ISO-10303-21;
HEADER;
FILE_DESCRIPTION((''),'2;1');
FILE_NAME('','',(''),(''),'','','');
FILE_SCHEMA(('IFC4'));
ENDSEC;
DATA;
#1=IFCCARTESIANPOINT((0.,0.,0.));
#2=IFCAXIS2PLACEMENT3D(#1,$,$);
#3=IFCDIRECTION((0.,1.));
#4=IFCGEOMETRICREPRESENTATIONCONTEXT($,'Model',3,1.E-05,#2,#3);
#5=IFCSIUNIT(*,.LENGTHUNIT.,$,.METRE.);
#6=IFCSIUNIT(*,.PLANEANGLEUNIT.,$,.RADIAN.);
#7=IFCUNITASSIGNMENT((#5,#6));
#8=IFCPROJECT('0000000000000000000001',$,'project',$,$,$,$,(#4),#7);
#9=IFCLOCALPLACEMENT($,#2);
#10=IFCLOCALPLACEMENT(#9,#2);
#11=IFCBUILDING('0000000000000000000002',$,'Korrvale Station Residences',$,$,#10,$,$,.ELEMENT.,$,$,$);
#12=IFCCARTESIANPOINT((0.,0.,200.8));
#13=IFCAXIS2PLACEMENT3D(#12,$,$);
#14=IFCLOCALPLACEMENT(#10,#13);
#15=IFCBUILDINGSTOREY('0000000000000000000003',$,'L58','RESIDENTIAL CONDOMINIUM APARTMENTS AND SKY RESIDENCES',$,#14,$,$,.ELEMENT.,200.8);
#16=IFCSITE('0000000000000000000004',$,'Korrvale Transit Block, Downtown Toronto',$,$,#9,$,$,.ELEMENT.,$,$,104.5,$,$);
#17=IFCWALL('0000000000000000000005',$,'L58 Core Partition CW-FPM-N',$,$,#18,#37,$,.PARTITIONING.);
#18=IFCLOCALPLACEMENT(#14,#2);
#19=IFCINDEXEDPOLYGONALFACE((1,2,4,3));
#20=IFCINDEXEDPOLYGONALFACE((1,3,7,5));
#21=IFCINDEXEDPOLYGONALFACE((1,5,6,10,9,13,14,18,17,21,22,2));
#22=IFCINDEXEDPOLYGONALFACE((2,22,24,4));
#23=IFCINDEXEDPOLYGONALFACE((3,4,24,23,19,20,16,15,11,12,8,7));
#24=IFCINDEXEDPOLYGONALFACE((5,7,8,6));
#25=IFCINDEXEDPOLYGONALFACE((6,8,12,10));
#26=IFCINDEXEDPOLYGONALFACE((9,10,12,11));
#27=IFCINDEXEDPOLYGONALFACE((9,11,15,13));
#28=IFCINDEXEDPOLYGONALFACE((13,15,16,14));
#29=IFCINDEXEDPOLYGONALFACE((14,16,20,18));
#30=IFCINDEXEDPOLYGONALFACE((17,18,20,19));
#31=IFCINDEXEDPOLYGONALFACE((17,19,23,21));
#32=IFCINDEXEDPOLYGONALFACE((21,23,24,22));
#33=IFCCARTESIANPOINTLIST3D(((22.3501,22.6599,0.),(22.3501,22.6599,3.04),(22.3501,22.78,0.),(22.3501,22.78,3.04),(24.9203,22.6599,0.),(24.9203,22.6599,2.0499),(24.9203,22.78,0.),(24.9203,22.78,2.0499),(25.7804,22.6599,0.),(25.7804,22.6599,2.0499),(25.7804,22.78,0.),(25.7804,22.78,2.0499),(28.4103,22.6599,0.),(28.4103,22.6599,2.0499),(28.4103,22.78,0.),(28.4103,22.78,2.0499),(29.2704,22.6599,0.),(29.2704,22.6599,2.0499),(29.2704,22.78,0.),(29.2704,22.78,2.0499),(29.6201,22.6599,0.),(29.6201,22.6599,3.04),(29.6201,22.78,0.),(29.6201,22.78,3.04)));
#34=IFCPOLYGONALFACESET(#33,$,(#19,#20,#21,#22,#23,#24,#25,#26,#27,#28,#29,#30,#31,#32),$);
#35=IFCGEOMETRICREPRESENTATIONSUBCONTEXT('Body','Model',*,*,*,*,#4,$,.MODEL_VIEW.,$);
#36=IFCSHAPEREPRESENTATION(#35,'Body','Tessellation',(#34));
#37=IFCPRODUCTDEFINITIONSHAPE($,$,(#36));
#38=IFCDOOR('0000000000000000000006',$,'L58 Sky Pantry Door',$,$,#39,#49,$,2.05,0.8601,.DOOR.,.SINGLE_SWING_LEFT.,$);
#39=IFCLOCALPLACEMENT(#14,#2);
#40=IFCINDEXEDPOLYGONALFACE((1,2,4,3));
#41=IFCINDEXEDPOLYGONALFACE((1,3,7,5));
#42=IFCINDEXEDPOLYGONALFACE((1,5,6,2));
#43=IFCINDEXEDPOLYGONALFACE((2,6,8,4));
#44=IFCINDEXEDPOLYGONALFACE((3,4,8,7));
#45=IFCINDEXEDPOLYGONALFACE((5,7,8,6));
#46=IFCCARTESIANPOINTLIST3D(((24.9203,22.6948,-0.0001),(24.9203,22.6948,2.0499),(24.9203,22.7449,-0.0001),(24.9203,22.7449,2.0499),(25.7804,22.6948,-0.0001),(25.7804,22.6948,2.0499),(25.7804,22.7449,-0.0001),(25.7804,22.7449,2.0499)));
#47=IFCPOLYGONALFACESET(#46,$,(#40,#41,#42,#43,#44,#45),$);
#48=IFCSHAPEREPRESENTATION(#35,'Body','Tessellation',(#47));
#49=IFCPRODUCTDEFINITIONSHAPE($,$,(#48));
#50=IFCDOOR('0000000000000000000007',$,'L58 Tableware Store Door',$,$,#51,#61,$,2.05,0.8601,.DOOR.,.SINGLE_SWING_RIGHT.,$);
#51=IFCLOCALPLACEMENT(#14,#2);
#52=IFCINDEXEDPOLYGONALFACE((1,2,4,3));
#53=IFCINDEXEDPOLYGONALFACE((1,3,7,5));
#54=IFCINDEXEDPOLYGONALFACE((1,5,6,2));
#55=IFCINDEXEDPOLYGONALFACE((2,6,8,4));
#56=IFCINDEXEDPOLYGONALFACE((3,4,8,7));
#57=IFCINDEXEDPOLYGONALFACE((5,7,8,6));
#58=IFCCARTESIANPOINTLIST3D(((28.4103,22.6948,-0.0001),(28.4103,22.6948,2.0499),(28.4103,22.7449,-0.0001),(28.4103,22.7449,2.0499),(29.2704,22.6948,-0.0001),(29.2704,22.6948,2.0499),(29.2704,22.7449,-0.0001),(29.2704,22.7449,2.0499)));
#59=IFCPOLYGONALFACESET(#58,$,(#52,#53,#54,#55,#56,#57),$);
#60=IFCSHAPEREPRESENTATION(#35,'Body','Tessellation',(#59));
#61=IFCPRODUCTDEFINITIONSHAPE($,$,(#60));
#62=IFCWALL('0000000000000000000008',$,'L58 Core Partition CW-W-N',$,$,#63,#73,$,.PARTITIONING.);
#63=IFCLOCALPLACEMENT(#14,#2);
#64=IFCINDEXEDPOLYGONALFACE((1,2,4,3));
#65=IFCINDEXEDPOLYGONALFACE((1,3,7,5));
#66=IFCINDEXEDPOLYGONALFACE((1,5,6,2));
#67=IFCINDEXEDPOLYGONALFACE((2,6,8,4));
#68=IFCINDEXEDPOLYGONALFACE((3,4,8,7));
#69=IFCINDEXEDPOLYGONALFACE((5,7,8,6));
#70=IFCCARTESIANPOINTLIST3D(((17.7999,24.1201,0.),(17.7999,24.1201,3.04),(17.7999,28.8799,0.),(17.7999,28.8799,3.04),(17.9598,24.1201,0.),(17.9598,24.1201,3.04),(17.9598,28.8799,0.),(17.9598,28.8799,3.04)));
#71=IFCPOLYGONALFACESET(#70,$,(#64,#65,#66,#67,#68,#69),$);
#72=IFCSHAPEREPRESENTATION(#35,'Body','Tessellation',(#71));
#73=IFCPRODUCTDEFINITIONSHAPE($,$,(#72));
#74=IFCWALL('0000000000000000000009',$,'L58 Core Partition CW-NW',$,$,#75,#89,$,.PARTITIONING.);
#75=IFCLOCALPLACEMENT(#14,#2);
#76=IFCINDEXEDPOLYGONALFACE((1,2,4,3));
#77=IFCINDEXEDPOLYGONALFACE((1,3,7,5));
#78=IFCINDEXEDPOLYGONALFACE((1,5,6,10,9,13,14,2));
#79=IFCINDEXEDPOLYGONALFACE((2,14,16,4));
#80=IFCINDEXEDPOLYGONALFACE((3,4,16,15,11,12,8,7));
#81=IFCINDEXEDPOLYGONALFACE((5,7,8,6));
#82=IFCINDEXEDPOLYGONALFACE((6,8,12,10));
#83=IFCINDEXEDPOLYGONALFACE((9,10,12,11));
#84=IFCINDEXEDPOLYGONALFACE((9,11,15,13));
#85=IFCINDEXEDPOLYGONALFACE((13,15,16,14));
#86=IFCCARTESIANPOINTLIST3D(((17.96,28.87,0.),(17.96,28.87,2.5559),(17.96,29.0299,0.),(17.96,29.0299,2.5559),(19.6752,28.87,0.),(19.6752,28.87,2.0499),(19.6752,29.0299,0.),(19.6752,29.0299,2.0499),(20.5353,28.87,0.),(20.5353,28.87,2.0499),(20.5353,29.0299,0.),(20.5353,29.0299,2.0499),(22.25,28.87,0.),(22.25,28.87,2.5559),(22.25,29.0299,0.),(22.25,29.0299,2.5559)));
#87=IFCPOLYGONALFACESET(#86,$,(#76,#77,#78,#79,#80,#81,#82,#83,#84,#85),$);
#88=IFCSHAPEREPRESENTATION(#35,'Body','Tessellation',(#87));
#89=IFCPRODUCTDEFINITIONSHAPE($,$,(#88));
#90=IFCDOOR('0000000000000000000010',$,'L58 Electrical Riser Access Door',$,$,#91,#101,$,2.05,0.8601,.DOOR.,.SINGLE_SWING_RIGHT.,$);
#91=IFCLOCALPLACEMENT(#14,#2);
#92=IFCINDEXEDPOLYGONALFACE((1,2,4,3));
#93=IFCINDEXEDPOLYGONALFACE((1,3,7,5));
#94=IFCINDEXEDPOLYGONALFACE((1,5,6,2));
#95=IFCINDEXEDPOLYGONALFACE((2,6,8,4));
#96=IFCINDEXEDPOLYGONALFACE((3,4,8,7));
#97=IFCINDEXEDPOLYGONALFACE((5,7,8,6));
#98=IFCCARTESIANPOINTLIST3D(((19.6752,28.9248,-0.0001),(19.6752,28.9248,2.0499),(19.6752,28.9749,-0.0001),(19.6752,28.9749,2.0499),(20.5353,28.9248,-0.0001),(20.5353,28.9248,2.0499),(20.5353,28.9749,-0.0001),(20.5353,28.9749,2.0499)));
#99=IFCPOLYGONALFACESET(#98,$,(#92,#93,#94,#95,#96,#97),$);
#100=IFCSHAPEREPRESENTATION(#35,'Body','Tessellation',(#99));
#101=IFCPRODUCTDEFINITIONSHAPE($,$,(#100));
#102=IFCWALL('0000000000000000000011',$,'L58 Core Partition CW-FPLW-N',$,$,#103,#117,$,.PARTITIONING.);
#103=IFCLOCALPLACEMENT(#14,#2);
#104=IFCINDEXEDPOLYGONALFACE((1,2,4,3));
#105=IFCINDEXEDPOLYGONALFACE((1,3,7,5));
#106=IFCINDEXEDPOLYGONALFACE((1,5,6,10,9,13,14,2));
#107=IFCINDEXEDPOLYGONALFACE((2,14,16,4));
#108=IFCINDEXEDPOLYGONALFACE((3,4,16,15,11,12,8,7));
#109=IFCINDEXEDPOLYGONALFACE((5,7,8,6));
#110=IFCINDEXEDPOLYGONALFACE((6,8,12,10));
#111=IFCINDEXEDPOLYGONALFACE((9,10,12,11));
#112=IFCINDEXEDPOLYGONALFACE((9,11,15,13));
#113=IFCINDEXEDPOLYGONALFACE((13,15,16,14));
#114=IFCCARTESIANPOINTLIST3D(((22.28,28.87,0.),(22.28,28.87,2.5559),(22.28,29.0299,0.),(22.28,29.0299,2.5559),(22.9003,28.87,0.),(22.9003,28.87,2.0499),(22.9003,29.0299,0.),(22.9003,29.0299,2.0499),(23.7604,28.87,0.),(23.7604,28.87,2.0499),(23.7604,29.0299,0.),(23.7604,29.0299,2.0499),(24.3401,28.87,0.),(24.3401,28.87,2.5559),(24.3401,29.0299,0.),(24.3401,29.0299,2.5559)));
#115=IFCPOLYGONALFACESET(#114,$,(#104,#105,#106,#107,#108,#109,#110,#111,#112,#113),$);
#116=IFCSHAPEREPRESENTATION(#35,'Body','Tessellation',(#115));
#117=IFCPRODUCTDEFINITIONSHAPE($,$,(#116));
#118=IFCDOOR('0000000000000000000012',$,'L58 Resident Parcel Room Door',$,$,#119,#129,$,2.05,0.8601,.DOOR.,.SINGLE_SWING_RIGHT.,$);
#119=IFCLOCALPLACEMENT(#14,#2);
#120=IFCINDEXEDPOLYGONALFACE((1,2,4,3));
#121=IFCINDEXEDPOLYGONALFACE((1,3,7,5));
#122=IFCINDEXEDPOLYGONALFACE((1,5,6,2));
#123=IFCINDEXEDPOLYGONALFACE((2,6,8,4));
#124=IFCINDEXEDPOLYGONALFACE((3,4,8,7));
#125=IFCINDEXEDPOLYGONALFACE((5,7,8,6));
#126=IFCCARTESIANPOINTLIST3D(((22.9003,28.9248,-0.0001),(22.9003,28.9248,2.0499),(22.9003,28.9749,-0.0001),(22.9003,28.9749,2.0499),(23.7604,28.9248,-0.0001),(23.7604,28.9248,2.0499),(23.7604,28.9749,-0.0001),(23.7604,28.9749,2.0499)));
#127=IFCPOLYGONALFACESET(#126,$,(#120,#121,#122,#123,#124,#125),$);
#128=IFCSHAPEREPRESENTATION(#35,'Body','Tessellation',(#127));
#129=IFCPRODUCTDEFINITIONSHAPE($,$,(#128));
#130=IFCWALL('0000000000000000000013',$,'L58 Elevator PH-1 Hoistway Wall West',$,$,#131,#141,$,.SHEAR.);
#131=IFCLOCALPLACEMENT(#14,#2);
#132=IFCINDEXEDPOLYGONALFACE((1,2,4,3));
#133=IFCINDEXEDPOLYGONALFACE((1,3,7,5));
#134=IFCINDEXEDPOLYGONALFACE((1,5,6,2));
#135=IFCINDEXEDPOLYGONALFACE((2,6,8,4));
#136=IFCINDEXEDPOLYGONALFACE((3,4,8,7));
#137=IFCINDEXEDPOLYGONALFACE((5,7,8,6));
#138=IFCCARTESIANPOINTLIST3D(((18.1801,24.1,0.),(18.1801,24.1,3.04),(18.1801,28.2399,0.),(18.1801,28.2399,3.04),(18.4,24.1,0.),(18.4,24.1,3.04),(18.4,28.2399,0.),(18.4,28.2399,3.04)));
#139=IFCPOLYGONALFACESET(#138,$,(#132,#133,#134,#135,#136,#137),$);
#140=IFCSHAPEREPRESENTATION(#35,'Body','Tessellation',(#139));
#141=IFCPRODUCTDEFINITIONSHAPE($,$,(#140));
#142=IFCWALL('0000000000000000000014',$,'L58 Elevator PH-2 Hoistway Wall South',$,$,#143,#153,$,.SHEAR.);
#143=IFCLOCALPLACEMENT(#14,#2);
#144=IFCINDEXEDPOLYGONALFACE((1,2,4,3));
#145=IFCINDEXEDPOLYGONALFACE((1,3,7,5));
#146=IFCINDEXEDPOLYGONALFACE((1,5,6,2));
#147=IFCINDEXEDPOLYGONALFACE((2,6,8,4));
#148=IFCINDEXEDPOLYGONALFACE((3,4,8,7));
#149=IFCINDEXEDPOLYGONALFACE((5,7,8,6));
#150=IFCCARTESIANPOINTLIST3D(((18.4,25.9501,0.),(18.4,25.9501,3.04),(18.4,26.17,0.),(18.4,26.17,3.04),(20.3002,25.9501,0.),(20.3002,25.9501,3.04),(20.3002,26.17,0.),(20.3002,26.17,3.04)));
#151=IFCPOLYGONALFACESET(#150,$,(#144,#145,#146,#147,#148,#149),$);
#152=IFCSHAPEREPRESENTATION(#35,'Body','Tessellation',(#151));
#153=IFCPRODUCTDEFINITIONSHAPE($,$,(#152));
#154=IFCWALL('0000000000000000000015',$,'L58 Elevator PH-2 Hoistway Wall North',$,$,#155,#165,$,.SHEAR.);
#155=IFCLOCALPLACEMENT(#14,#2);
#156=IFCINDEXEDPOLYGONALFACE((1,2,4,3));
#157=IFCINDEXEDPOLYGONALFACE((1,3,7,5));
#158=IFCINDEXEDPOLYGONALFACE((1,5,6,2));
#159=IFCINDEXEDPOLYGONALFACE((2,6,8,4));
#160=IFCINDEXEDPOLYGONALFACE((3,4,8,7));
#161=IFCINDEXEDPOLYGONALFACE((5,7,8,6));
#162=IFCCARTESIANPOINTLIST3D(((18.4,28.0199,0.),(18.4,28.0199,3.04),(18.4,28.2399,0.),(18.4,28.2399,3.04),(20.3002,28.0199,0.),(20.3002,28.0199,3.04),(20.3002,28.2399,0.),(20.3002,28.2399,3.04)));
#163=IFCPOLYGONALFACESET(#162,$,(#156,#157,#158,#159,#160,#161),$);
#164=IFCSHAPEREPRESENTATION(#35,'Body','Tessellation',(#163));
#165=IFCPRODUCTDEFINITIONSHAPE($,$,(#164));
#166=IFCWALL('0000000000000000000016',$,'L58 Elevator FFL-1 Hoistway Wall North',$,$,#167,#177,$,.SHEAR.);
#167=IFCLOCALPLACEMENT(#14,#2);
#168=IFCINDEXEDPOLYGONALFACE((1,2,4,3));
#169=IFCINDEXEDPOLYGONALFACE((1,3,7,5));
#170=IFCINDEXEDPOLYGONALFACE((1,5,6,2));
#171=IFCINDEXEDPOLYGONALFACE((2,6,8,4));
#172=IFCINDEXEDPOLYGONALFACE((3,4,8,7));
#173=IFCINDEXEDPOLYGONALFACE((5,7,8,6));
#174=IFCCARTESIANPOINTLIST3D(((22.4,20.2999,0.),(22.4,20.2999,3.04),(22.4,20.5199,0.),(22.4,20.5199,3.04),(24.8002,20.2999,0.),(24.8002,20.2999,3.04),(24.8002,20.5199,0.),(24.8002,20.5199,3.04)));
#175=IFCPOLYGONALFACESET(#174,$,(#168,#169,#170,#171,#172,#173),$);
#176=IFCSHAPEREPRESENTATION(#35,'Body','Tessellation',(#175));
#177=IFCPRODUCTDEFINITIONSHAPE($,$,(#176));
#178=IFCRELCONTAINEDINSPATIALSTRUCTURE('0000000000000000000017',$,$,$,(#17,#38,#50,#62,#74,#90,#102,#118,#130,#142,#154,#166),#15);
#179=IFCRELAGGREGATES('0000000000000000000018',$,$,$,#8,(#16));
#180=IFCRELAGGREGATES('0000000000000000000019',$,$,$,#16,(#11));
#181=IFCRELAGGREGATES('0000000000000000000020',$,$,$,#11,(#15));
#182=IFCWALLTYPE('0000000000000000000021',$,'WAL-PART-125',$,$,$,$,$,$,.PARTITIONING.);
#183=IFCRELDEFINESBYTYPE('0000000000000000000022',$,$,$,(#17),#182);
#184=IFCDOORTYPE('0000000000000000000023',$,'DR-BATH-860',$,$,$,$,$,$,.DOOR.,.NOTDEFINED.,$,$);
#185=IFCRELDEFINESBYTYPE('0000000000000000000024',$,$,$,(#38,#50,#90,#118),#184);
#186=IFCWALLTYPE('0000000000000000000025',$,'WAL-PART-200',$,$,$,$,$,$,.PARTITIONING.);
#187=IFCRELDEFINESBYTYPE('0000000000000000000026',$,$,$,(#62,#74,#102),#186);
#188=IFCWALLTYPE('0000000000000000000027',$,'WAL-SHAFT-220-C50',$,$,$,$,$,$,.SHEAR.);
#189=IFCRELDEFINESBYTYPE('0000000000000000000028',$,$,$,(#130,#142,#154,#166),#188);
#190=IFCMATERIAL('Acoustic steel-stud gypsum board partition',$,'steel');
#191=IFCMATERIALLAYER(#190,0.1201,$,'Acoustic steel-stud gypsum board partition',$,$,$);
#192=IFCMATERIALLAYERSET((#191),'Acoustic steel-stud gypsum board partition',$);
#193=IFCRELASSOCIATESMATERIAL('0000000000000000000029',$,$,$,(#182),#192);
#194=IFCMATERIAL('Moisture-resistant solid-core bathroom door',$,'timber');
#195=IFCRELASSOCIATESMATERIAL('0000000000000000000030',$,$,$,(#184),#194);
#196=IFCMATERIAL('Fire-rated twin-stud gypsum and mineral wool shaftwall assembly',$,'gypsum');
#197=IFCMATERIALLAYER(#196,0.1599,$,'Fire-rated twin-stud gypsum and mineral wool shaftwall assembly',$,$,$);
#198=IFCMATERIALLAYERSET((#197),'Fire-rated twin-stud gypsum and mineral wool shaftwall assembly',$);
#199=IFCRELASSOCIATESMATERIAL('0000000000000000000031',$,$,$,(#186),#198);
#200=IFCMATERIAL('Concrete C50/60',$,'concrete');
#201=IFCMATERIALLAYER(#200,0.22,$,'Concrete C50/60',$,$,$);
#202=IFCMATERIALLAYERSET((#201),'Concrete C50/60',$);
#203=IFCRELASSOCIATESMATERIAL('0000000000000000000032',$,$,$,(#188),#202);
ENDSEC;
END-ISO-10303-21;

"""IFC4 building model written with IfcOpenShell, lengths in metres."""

from ifc_helpers import new_model, si_unit, direction, frame, frame_2d, origin, place, context, subcontext, project, spatial, rectangle, extrude, material, layer, layer_set, type_object, element, fill, save


model = new_model("IFC4")

# Units and contexts
model_context = context("Model", 3, precision=1e-05, world=origin(), true_north=direction((0.0, 1.0)))
body_context = subcontext(model_context, "Body", "Model", "MODEL_VIEW")
ifc_project = project(units=[si_unit("LENGTHUNIT", "METRE"), si_unit("PLANEANGLEUNIT", "RADIAN")], contexts=[model_context])

# Site, building, storey
site_placement = place(None, origin())
site = spatial("IfcSite", under=ifc_project, at=site_placement, Name="Korrvale Transit Block, Downtown Toronto", CompositionType="ELEMENT", RefElevation=104.5)
building_placement = place(site_placement, origin())
building = spatial("IfcBuilding", under=site, at=building_placement, Name="Korrvale Station Residences", CompositionType="ELEMENT")
storey_placement = place(building_placement, frame((0.0, 0.0, 200.8)))
storey = spatial("IfcBuildingStorey", under=building, at=storey_placement, Name="L58", Description="RESIDENTIAL CONDOMINIUM APARTMENTS AND SKY RESIDENCES", CompositionType="ELEMENT", Elevation=200.8)

# Shared definitions
ifc_material_1 = material(Name="Concrete C50/60", Category="concrete")

# Shared definitions
ifc_material_2 = material(Name="Acoustic steel-stud gypsum board partition", Category="steel")
ifc_layer_1 = layer(ifc_material_2, 0.1201, Name="Acoustic steel-stud gypsum board partition")
ifc_layer_set_1 = layer_set([ifc_layer_1], Name="Acoustic steel-stud gypsum board partition")
wall_type_1 = type_object("IfcWallType", Name="WAL-PART-125", PredefinedType="PARTITIONING", material=ifc_layer_set_1)

# Wall, openings, doors
wall_1_placement = place(storey_placement, frame((22.3501, 22.72, 0.0), z_axis=(0.0, 0.0, 1.0), x_axis=(1.0, 0.0, 0.0)))
wall_1 = element("IfcWall", 1, at=wall_1_placement, inside=storey, type_object=wall_type_1, Name="L58 Core Partition CW-FPM-N", PredefinedType="PARTITIONING", context=body_context, shape_type="SweptSolid", body=[
    extrude(rectangle(XDim=7.27, YDim=0.1201, at=frame_2d((3.635, 0.0))), origin(), (0.0, 0.0, 1.0), 3.04),
])
opening_1_placement = place(wall_1_placement, frame((2.5701, 0.0, 0.0)))
opening_1 = element("IfcOpeningElement", 2, at=opening_1_placement, cuts=wall_1, PredefinedType="OPENING", context=body_context, shape_type="SweptSolid", body=[
    extrude(rectangle(XDim=0.8601, YDim=2.05, at=frame_2d((0.4302, 1.0249))), frame((0.0, 0.0701, 0.0), z_axis=(0.0, -1.0, 0.0), x_axis=(1.0, 0.0, 0.0)), (0.0, 0.0, 1.0), 0.1401),
])
opening_2_placement = place(wall_1_placement, frame((6.0601, 0.0, 0.0)))
opening_2 = element("IfcOpeningElement", 3, at=opening_2_placement, cuts=wall_1, PredefinedType="OPENING", context=body_context, shape_type="SweptSolid", body=[
    extrude(rectangle(XDim=0.8601, YDim=2.05, at=frame_2d((0.4302, 1.0249))), frame((0.0, 0.0701, 0.0), z_axis=(0.0, -1.0, 0.0), x_axis=(1.0, 0.0, 0.0)), (0.0, 0.0, 1.0), 0.1401),
])
ifc_material_3 = material(Name="Moisture-resistant solid-core bathroom door", Category="timber")
door_type_1 = type_object("IfcDoorType", Name="DR-BATH-860", OperationType="NOTDEFINED", PredefinedType="DOOR", material=ifc_material_3)
door_1_placement = place(opening_1_placement, origin())
door_1 = element("IfcDoor", 4, at=door_1_placement, inside=storey, type_object=door_type_1, Name="L58 Sky Pantry Door", OperationType="SINGLE_SWING_LEFT", OverallHeight=2.05, OverallWidth=0.8601, PredefinedType="DOOR", context=body_context, shape_type="SweptSolid", body=[
    extrude(rectangle(XDim=0.8601, YDim=2.05, at=frame_2d((0.4302, 1.0249))), frame((0.0, 0.0249, 0.0), z_axis=(0.0, -1.0, 0.0), x_axis=(1.0, 0.0, 0.0)), (0.0, 0.0, 1.0), 0.05),
])
fill(opening_1, door_1)
door_2_placement = place(opening_2_placement, origin())
door_2 = element("IfcDoor", 5, at=door_2_placement, inside=storey, type_object=door_type_1, Name="L58 Tableware Store Door", OperationType="SINGLE_SWING_RIGHT", OverallHeight=2.05, OverallWidth=0.8601, PredefinedType="DOOR", context=body_context, shape_type="SweptSolid", body=[
    extrude(rectangle(XDim=0.8601, YDim=2.05, at=frame_2d((0.4302, 1.0249))), frame((0.0, 0.0249, 0.0), z_axis=(0.0, -1.0, 0.0), x_axis=(1.0, 0.0, 0.0)), (0.0, 0.0, 1.0), 0.05),
])
fill(opening_2, door_2)

# Wall
ifc_material_4 = material(Name="Fire-rated twin-stud gypsum and mineral wool shaftwall assembly", Category="gypsum")
ifc_layer_2 = layer(ifc_material_4, 0.1599, Name="Fire-rated twin-stud gypsum and mineral wool shaftwall assembly")
ifc_layer_set_2 = layer_set([ifc_layer_2], Name="Fire-rated twin-stud gypsum and mineral wool shaftwall assembly")
wall_type_2 = type_object("IfcWallType", Name="WAL-PART-200", PredefinedType="PARTITIONING", material=ifc_layer_set_2)
wall_2_placement = place(storey_placement, frame((17.8799, 24.1201, 0.0), z_axis=(0.0, 0.0, 1.0), x_axis=(0.0, 1.0, 0.0)))
element("IfcWall", 6, at=wall_2_placement, inside=storey, type_object=wall_type_2, Name="L58 Core Partition CW-W-N", PredefinedType="PARTITIONING", context=body_context, shape_type="SweptSolid", body=[
    extrude(rectangle(XDim=4.7598, YDim=0.1599, at=frame_2d((2.3799, 0.0))), origin(), (0.0, 0.0, 1.0), 3.04),
])

# Walls, openings, doors
wall_3_placement = place(storey_placement, frame((17.96, 28.95, 0.0), z_axis=(0.0, 0.0, 1.0), x_axis=(1.0, 0.0, 0.0)))
wall_3 = element("IfcWall", 7, at=wall_3_placement, inside=storey, type_object=wall_type_2, Name="L58 Core Partition CW-NW", PredefinedType="PARTITIONING", context=body_context, shape_type="SweptSolid", body=[
    extrude(rectangle(XDim=4.29, YDim=0.1599, at=frame_2d((2.145, 0.0))), origin(), (0.0, 0.0, 1.0), 2.5559),
])
opening_3_placement = place(wall_3_placement, frame((1.7151, 0.0, 0.0)))
opening_3 = element("IfcOpeningElement", 8, at=opening_3_placement, cuts=wall_3, PredefinedType="OPENING", context=body_context, shape_type="SweptSolid", body=[
    extrude(rectangle(XDim=0.8601, YDim=2.05, at=frame_2d((0.4302, 1.0249))), frame((0.0, 0.0898, 0.0), z_axis=(0.0, -1.0, 0.0), x_axis=(1.0, 0.0, 0.0)), (0.0, 0.0, 1.0), 0.1799),
])
door_3_placement = place(opening_3_placement, origin())
door_3 = element("IfcDoor", 9, at=door_3_placement, inside=storey, type_object=door_type_1, Name="L58 Electrical Riser Access Door", OperationType="SINGLE_SWING_RIGHT", OverallHeight=2.05, OverallWidth=0.8601, PredefinedType="DOOR", context=body_context, shape_type="SweptSolid", body=[
    extrude(rectangle(XDim=0.8601, YDim=2.05, at=frame_2d((0.4302, 1.0249))), frame((0.0, 0.0249, 0.0), z_axis=(0.0, -1.0, 0.0), x_axis=(1.0, 0.0, 0.0)), (0.0, 0.0, 1.0), 0.05),
])
fill(opening_3, door_3)
wall_4_placement = place(storey_placement, frame((22.28, 28.95, 0.0), z_axis=(0.0, 0.0, 1.0), x_axis=(1.0, 0.0, 0.0)))
wall_4 = element("IfcWall", 10, at=wall_4_placement, inside=storey, type_object=wall_type_2, Name="L58 Core Partition CW-FPLW-N", PredefinedType="PARTITIONING", context=body_context, shape_type="SweptSolid", body=[
    extrude(rectangle(XDim=2.0601, YDim=0.1599, at=frame_2d((1.03, 0.0))), origin(), (0.0, 0.0, 1.0), 2.5559),
])
opening_4_placement = place(wall_4_placement, frame((0.6201, 0.0, 0.0)))
opening_4 = element("IfcOpeningElement", 11, at=opening_4_placement, cuts=wall_4, PredefinedType="OPENING", context=body_context, shape_type="SweptSolid", body=[
    extrude(rectangle(XDim=0.8601, YDim=2.05, at=frame_2d((0.4302, 1.0249))), frame((0.0, 0.0898, 0.0), z_axis=(0.0, -1.0, 0.0), x_axis=(1.0, 0.0, 0.0)), (0.0, 0.0, 1.0), 0.1799),
])
door_4_placement = place(opening_4_placement, origin())
door_4 = element("IfcDoor", 12, at=door_4_placement, inside=storey, type_object=door_type_1, Name="L58 Resident Parcel Room Door", OperationType="SINGLE_SWING_RIGHT", OverallHeight=2.05, OverallWidth=0.8601, PredefinedType="DOOR", context=body_context, shape_type="SweptSolid", body=[
    extrude(rectangle(XDim=0.8601, YDim=2.05, at=frame_2d((0.4302, 1.0249))), frame((0.0, 0.0249, 0.0), z_axis=(0.0, -1.0, 0.0), x_axis=(1.0, 0.0, 0.0)), (0.0, 0.0, 1.0), 0.05),
])
fill(opening_4, door_4)

# Wall
ifc_layer_3 = layer(ifc_material_1, 0.22, Name="Concrete C50/60")
ifc_layer_set_3 = layer_set([ifc_layer_3], Name="Concrete C50/60")
wall_type_3 = type_object("IfcWallType", Name="WAL-SHAFT-220-C50", PredefinedType="SHEAR", material=ifc_layer_set_3)
wall_5_placement = place(storey_placement, frame((18.29, 24.1001, 0.0), z_axis=(0.0, 0.0, 1.0), x_axis=(0.0, 1.0, 0.0)))
element("IfcWall", 13, at=wall_5_placement, inside=storey, type_object=wall_type_3, Name="L58 Elevator PH-1 Hoistway Wall West", PredefinedType="SHEAR", context=body_context, shape_type="SweptSolid", body=[
    extrude(rectangle(XDim=4.1399, YDim=0.22, at=frame_2d((2.0698, 0.0))), origin(), (0.0, 0.0, 1.0), 3.04),
])

# Walls
for number, where, z_axis, x_axis, name in (
    (14, (18.3999, 26.0601, 0.0), (0.0, 0.0, 1.0), (1.0, 0.0, 0.0), "L58 Elevator PH-2 Hoistway Wall South"),
    (15, (18.3999, 28.1299, 0.0), (0.0, 0.0, 1.0), (1.0, 0.0, 0.0), "L58 Elevator PH-2 Hoistway Wall North"),
):
    element("IfcWall", number, at=place(storey_placement, frame(where, z_axis=z_axis, x_axis=x_axis)), inside=storey, type_object=wall_type_3, Name=name, PredefinedType="SHEAR", context=body_context, shape_type="SweptSolid", body=[
        extrude(rectangle(XDim=1.9001, YDim=0.22, at=frame_2d((0.9502, 0.0))), origin(), (0.0, 0.0, 1.0), 3.04),
    ])

# Wall
wall_6_placement = place(storey_placement, frame((22.3999, 20.4099, 0.0), z_axis=(0.0, 0.0, 1.0), x_axis=(1.0, 0.0, 0.0)))
element("IfcWall", 16, at=wall_6_placement, inside=storey, type_object=wall_type_3, Name="L58 Elevator FFL-1 Hoistway Wall North", PredefinedType="SHEAR", context=body_context, shape_type="SweptSolid", body=[
    extrude(rectangle(XDim=2.4001, YDim=0.22, at=frame_2d((1.2002, 0.0))), origin(), (0.0, 0.0, 1.0), 3.04),
])

save(model, "model.ifc")
